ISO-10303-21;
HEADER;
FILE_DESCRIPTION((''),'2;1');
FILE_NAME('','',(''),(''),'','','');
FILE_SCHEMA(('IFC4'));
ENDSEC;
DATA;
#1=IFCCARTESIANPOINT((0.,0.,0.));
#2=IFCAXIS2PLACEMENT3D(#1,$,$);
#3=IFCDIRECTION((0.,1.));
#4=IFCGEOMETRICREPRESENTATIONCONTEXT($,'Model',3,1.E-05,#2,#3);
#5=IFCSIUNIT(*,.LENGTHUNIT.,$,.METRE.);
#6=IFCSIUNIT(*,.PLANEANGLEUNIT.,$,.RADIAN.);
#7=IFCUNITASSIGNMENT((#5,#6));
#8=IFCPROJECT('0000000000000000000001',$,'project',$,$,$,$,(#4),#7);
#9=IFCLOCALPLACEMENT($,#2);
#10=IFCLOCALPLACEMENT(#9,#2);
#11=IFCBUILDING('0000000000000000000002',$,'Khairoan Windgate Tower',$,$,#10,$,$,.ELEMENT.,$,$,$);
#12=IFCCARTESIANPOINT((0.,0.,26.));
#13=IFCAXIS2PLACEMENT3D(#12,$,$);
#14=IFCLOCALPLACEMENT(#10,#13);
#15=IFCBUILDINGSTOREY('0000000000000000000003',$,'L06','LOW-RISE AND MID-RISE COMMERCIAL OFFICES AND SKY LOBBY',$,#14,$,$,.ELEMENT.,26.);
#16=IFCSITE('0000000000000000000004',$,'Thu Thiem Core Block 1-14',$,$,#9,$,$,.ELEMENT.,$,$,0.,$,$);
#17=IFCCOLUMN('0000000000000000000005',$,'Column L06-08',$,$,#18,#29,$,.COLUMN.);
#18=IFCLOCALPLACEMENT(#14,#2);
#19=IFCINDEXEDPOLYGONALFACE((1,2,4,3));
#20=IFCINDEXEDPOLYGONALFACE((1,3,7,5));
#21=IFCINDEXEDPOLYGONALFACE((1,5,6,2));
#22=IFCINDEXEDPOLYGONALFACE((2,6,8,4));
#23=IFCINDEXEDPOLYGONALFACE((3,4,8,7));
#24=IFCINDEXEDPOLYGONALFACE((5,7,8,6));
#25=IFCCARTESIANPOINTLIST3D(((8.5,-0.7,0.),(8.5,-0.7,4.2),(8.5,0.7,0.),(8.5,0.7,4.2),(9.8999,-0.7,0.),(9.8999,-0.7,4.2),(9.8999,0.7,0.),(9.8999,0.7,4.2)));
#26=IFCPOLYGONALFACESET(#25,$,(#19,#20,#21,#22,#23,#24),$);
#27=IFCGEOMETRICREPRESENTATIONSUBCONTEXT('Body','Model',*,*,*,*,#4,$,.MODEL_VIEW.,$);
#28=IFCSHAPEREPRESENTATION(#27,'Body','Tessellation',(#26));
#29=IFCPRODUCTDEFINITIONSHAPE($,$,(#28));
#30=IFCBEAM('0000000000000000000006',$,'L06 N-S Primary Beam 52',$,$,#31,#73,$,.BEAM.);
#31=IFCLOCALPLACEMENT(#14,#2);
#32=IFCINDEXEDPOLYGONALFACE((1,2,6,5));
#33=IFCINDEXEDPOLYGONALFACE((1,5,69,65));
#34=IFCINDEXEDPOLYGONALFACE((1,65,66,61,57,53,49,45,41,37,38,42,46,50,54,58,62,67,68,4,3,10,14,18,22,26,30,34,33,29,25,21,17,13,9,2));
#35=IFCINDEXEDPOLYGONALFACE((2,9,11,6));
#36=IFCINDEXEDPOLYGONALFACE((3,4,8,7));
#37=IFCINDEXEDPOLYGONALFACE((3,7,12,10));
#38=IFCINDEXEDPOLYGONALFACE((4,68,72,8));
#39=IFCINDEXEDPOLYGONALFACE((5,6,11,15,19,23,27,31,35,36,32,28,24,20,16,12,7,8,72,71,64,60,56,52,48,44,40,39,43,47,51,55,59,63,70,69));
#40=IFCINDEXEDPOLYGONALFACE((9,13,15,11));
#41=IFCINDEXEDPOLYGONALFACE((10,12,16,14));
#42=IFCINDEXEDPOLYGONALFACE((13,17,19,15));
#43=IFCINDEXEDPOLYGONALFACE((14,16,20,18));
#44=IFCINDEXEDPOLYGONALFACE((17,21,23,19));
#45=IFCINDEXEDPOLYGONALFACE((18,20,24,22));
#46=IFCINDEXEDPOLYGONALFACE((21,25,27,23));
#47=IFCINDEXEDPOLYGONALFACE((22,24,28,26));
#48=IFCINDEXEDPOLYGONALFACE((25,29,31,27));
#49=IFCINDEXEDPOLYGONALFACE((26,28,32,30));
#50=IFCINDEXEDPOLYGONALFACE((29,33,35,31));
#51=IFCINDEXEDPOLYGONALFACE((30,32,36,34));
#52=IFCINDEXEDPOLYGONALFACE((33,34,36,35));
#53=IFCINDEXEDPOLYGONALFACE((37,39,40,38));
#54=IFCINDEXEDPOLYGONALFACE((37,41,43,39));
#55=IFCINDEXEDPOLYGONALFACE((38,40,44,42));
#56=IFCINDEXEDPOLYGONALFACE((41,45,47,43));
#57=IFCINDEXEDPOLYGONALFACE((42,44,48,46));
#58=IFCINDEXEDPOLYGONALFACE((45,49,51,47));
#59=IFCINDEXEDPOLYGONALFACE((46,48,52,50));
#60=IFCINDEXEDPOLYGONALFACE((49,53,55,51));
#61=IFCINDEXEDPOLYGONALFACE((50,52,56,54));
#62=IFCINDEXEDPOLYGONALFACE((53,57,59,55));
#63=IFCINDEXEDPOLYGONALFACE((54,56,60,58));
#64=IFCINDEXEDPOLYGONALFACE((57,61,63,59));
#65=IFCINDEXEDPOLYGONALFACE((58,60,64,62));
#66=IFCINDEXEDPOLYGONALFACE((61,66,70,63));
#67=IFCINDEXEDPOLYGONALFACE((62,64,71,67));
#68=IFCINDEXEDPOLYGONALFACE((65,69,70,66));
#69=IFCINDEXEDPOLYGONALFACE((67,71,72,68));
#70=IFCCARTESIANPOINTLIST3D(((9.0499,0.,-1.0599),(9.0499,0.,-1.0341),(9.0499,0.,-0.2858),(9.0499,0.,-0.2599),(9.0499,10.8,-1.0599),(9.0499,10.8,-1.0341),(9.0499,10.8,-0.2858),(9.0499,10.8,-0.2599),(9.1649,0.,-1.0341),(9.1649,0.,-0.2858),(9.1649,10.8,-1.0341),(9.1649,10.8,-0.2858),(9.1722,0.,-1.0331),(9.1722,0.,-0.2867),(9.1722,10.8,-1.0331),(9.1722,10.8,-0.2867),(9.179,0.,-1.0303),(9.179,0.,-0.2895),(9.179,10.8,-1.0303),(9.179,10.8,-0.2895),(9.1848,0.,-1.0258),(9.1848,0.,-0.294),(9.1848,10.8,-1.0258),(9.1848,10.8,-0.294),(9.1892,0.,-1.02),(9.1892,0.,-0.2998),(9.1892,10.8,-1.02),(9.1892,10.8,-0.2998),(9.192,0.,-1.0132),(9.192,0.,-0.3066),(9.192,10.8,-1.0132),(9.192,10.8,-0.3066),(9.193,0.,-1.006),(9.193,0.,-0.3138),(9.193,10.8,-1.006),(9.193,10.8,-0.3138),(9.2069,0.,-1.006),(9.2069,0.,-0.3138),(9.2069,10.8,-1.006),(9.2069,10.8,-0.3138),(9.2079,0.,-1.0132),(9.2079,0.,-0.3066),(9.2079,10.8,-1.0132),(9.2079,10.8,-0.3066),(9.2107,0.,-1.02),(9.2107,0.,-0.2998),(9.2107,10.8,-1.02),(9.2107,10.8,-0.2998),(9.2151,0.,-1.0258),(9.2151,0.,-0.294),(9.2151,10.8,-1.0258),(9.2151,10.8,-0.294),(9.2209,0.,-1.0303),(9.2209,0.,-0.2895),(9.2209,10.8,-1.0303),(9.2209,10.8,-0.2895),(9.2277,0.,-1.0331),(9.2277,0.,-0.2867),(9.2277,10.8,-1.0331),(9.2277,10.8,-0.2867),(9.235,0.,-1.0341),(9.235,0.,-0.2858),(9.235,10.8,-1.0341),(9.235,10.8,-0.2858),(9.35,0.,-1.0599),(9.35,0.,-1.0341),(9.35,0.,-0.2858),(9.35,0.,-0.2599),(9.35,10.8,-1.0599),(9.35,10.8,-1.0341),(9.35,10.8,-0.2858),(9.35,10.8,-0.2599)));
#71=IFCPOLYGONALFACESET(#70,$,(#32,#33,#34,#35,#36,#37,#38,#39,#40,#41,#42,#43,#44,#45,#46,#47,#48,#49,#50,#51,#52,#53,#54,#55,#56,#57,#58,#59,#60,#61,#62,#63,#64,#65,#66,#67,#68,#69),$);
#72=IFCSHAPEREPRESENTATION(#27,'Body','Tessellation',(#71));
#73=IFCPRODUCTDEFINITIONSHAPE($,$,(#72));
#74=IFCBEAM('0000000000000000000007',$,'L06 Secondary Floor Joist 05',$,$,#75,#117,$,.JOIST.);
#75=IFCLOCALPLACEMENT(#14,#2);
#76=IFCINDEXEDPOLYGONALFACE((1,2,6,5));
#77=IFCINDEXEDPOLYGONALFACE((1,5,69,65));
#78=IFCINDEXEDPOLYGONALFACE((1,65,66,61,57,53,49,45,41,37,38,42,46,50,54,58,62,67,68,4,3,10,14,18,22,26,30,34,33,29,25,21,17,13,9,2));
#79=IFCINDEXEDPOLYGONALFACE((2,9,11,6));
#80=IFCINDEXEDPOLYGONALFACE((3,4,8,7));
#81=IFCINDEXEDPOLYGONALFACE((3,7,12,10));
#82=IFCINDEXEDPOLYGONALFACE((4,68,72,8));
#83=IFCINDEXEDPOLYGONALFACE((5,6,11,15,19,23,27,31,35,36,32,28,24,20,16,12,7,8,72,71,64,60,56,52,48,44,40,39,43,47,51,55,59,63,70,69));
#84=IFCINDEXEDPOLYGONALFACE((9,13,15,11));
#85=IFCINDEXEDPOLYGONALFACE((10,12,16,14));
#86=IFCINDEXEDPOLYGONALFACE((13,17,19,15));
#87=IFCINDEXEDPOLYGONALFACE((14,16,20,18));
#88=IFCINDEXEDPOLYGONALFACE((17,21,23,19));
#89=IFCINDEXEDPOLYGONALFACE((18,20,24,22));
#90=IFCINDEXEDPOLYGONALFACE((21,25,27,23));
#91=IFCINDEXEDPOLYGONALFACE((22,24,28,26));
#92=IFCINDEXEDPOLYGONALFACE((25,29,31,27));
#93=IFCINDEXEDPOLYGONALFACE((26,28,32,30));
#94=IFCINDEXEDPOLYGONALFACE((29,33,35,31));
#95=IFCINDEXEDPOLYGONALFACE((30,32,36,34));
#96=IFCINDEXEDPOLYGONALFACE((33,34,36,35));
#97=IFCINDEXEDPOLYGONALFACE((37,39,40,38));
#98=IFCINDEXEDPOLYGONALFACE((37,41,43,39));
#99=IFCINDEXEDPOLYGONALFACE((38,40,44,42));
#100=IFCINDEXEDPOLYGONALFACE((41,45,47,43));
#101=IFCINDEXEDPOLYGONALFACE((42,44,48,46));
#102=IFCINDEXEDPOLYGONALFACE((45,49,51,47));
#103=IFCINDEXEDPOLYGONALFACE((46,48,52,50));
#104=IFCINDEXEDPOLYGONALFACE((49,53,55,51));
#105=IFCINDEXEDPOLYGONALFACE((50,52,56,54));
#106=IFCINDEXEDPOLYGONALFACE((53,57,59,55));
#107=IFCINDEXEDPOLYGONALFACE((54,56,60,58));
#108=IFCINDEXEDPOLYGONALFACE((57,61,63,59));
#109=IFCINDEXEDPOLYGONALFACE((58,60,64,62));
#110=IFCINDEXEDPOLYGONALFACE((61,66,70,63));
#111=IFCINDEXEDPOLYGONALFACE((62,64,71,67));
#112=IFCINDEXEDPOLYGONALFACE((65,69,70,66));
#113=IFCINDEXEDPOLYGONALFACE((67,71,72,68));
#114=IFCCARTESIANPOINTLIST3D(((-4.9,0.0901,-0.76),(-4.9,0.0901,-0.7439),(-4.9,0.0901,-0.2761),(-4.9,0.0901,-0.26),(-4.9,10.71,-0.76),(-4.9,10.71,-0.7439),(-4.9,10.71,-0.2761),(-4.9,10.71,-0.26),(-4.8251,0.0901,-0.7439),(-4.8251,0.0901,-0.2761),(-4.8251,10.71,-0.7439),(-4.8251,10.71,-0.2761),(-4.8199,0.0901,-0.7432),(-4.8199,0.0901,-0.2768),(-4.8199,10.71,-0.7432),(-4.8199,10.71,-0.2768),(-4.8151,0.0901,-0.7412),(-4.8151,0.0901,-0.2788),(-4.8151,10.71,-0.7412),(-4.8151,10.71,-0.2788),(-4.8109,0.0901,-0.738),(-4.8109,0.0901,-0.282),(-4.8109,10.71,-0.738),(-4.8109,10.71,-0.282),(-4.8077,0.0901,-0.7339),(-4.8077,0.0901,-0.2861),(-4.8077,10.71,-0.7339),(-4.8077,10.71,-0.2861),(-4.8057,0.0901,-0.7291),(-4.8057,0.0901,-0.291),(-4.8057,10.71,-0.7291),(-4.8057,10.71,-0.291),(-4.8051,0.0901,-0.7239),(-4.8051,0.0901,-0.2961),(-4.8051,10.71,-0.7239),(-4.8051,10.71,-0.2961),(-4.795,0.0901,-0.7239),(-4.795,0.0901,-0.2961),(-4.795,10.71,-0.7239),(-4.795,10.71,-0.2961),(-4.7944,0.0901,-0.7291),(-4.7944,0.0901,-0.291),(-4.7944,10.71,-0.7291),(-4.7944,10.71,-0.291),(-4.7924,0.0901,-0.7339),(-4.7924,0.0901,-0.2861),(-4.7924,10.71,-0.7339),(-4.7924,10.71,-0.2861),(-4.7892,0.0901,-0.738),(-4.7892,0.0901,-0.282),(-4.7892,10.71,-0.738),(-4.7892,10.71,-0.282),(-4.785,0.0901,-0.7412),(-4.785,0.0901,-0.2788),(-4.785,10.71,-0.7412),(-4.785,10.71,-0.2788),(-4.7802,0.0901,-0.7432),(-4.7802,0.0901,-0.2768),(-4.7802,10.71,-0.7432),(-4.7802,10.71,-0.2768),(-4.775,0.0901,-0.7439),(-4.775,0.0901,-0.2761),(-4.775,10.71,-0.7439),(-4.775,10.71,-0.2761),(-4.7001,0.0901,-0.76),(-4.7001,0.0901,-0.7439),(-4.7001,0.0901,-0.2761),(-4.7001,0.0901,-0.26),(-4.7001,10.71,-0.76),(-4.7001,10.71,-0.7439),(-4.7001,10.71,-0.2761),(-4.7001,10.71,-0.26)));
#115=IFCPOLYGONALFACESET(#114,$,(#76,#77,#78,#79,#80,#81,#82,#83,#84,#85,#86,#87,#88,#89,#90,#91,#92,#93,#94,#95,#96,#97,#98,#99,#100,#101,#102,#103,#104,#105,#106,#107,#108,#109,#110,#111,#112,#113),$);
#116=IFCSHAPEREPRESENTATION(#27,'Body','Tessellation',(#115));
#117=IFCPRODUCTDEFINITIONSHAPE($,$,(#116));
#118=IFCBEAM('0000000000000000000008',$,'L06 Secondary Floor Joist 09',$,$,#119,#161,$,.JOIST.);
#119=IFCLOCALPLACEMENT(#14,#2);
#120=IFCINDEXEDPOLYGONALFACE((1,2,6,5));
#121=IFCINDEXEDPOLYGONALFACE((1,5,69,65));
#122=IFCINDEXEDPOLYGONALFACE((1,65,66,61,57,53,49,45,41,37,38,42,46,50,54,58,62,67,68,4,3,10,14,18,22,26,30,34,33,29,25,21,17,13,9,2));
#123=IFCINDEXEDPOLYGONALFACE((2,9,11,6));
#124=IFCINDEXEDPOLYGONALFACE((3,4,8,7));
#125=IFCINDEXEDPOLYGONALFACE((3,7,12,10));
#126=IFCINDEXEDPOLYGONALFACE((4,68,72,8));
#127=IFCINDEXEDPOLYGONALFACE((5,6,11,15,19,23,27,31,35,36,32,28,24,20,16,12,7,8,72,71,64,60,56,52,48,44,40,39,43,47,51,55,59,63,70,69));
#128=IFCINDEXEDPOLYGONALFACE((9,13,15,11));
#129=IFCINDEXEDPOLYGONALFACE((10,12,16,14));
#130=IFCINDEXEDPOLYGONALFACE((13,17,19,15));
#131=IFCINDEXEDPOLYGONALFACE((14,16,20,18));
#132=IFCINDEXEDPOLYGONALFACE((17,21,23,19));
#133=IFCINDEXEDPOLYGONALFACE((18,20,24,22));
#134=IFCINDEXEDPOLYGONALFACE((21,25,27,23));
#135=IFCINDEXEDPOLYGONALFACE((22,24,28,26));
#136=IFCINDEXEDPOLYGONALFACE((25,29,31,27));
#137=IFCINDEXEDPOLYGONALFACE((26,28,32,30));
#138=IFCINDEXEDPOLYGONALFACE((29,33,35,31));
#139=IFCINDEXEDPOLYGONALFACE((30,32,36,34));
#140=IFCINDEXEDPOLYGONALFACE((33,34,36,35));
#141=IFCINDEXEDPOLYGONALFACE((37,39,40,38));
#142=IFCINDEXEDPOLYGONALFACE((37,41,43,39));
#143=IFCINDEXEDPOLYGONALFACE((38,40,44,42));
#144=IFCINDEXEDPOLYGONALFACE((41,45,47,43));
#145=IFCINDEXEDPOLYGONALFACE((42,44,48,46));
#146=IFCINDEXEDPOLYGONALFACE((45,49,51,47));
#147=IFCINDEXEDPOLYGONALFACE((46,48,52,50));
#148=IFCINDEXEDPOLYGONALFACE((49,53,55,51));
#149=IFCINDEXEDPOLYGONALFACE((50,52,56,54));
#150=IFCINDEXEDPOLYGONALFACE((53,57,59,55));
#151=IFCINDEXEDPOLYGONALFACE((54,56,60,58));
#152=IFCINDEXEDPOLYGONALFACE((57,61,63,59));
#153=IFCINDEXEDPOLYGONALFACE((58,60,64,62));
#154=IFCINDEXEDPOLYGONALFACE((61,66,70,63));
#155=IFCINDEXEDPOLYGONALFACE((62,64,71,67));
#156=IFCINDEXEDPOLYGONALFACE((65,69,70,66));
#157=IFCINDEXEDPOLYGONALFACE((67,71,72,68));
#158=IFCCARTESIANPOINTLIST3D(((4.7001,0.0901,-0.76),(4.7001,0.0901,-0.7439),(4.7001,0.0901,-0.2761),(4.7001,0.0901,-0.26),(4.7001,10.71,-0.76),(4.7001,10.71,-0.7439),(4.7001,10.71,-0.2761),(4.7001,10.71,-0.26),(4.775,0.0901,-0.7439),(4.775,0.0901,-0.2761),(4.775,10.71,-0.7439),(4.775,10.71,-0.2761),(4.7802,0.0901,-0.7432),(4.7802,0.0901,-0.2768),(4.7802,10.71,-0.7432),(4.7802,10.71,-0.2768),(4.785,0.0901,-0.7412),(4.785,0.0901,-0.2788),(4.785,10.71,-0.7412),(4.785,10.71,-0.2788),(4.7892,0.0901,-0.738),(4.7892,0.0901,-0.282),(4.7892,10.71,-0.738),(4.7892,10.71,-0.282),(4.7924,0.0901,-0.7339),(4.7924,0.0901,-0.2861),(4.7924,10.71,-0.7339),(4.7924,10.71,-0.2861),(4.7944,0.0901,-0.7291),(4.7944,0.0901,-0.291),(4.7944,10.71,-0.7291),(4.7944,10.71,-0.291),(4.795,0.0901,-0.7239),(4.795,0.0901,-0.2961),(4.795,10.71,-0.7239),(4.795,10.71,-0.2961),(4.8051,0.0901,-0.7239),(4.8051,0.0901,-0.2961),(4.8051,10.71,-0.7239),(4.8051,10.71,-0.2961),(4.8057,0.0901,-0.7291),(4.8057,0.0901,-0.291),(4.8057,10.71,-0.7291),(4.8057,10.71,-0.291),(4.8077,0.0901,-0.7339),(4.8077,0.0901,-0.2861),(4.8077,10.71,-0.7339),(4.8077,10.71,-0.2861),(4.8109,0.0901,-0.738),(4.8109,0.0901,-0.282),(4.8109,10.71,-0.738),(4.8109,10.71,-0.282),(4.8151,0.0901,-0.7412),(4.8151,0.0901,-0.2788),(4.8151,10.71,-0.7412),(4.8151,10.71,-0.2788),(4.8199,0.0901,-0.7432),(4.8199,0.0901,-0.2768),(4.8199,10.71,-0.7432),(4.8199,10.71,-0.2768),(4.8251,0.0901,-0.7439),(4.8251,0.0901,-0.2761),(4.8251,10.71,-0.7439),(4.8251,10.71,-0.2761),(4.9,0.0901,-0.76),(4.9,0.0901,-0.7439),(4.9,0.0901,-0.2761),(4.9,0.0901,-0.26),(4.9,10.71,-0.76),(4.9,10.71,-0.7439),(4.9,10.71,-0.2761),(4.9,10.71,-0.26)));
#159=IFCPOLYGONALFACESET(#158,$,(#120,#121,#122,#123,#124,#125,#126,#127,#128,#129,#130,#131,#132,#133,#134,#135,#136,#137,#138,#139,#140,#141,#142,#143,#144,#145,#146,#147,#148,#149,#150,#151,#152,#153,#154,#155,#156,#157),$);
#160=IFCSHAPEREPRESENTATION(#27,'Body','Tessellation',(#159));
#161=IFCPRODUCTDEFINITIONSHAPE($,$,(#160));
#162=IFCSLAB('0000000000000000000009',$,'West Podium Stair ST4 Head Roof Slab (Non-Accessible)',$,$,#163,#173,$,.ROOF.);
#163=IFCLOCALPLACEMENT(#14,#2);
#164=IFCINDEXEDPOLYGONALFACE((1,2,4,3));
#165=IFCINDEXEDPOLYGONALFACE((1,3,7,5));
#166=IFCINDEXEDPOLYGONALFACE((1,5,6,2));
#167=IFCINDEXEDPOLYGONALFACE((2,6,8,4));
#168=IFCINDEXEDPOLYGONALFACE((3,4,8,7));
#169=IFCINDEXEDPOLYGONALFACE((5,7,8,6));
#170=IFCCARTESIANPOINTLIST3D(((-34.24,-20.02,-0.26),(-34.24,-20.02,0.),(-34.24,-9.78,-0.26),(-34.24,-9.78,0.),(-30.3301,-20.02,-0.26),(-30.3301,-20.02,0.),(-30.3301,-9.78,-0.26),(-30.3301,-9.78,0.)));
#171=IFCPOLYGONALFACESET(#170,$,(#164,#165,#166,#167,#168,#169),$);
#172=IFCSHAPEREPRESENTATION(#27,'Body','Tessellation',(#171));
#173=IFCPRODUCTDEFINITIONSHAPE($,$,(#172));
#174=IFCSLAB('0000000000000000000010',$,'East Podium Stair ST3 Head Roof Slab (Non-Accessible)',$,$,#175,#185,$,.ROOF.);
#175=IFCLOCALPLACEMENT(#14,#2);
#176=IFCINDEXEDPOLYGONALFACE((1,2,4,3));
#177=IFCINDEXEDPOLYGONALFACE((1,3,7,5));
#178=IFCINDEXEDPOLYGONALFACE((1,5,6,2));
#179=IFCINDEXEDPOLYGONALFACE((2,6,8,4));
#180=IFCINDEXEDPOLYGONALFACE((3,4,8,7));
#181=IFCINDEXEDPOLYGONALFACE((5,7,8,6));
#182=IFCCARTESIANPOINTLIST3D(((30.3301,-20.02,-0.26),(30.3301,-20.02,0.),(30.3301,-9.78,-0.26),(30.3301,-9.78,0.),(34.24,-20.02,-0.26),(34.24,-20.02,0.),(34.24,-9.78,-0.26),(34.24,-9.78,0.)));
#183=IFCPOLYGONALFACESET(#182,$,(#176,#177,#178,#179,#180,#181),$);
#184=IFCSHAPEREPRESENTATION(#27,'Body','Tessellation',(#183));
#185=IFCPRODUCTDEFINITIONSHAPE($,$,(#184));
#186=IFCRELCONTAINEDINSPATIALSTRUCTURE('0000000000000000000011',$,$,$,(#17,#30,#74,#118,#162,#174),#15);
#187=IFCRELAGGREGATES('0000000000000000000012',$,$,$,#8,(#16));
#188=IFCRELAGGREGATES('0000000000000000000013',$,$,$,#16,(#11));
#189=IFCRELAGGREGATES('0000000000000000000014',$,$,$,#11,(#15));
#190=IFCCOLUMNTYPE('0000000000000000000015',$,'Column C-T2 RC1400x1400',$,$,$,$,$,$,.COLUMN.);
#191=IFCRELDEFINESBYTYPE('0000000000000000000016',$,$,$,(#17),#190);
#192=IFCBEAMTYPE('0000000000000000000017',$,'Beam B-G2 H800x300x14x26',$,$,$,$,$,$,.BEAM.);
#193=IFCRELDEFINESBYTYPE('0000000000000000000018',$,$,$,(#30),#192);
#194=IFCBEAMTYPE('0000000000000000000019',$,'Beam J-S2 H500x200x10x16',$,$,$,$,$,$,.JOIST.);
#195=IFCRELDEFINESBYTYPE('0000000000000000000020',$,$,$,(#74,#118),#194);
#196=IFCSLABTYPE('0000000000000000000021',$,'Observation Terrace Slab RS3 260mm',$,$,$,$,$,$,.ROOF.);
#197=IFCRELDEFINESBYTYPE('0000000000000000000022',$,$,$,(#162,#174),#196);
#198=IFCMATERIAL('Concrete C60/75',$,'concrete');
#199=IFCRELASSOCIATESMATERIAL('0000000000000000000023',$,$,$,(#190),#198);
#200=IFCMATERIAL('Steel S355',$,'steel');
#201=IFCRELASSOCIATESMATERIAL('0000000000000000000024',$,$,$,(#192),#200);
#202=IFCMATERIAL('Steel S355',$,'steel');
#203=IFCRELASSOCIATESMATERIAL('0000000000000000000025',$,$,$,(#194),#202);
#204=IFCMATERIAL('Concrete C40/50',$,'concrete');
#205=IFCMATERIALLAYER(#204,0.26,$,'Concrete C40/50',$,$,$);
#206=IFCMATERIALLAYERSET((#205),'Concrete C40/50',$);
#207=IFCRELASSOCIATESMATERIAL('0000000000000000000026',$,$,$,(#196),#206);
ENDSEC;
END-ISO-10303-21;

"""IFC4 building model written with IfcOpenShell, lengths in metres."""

from ifc_helpers import new_model, si_unit, direction, frame, origin, origin_2d, place, context, subcontext, project, spatial, polyline, rectangle, i_section, outline, extrude, material, layer, layer_set, material_profile, profile_set, type_object, element, save


model = new_model("IFC4")

# Units and contexts
model_context = context("Model", 3, precision=1e-05, world=origin(), true_north=direction((0.0, 1.0)))
body_context = subcontext(model_context, "Body", "Model", "MODEL_VIEW")
ifc_project = project(units=[si_unit("LENGTHUNIT", "METRE"), si_unit("PLANEANGLEUNIT", "RADIAN")], contexts=[model_context])

# Site, building, storey
site_placement = place(None, origin())
site = spatial("IfcSite", under=ifc_project, at=site_placement, Name="Thu Thiem Core Block 1-14", CompositionType="ELEMENT", RefElevation=0.0)
building_placement = place(site_placement, origin())
building = spatial("IfcBuilding", under=site, at=building_placement, Name="Khairoan Windgate Tower", CompositionType="ELEMENT")
storey_placement = place(building_placement, frame((0.0, 0.0, 26.0)))
storey = spatial("IfcBuildingStorey", under=building, at=storey_placement, Name="L06", Description="LOW-RISE AND MID-RISE COMMERCIAL OFFICES AND SKY LOBBY", CompositionType="ELEMENT", Elevation=26.0)

# Column
ifc_material_1 = material(Name="Concrete C60/75", Category="concrete")
ifc_material_profile_1 = material_profile(ifc_material_1, rectangle(XDim=1.3999, YDim=1.3999, at=origin_2d()))
ifc_profile_set_1 = profile_set([ifc_material_profile_1], Name="Concrete C60/75")
column_type = type_object("IfcColumnType", Name="Column C-T2 RC1400x1400", PredefinedType="COLUMN", material=ifc_profile_set_1)
column_placement = place(storey_placement, frame((9.2, 0.0, 0.0), z_axis=(0.0, 0.0, 1.0), x_axis=(1.0, 0.0, 0.0)))
element("IfcColumn", 1, at=column_placement, inside=storey, type_object=column_type, Name="Column L06-08", PredefinedType="COLUMN", context=body_context, shape_type="SweptSolid", body=[
    extrude(rectangle(XDim=1.3999, YDim=1.3999, at=origin_2d()), origin(), (0.0, 0.0, 1.0), 4.2),
])

# Beams
ifc_material_2 = material(Name="Steel S355", Category="steel")
ifc_material_profile_2 = material_profile(ifc_material_2, i_section(OverallWidth=0.3, OverallDepth=0.8, WebThickness=0.0139, FlangeThickness=0.0259, FilletRadius=0.0281, at=origin_2d()))
ifc_profile_set_2 = profile_set([ifc_material_profile_2], Name="Steel S355")
beam_type_1 = type_object("IfcBeamType", Name="Beam B-G2 H800x300x14x26", PredefinedType="BEAM", material=ifc_profile_set_2)
beam_placement = place(storey_placement, frame((9.2, 0.0, -0.6599), z_axis=(0.0, 1.0, 0.0), x_axis=(-1.0, 0.0, 0.0)))
element("IfcBeam", 2, at=beam_placement, inside=storey, type_object=beam_type_1, Name="L06 N-S Primary Beam 52", PredefinedType="BEAM", context=body_context, shape_type="SweptSolid", body=[
    extrude(i_section(OverallWidth=0.3, OverallDepth=0.8, WebThickness=0.0139, FlangeThickness=0.0259, FilletRadius=0.0281, at=origin_2d()), origin(), (0.0, 0.0, 1.0), 10.8),
])
ifc_material_3 = material(Name="Steel S355", Category="steel")
ifc_material_profile_3 = material_profile(ifc_material_3, i_section(OverallWidth=0.2, OverallDepth=0.5, WebThickness=0.01, FlangeThickness=0.0161, FilletRadius=0.02, at=origin_2d()))
ifc_profile_set_3 = profile_set([ifc_material_profile_3], Name="Steel S355")
beam_type_2 = type_object("IfcBeamType", Name="Beam J-S2 H500x200x10x16", PredefinedType="JOIST", material=ifc_profile_set_3)
for number, where, z_axis, x_axis, name in (
    (3, (-4.8, 0.0901, -0.51), (0.0, 1.0, 0.0), (-1.0, 0.0, 0.0), "L06 Secondary Floor Joist 05"),
    (4, (4.8, 0.0901, -0.51), (0.0, 1.0, 0.0), (-1.0, 0.0, 0.0), "L06 Secondary Floor Joist 09"),
):
    element("IfcBeam", number, at=place(storey_placement, frame(where, z_axis=z_axis, x_axis=x_axis)), inside=storey, type_object=beam_type_2, Name=name, PredefinedType="JOIST", context=body_context, shape_type="SweptSolid", body=[
        extrude(i_section(OverallWidth=0.2, OverallDepth=0.5, WebThickness=0.01, FlangeThickness=0.0161, FilletRadius=0.02, at=origin_2d()), origin(), (0.0, 0.0, 1.0), 10.6199),
    ])

# Slabs
ifc_material_4 = material(Name="Concrete C40/50", Category="concrete")
ifc_layer_1 = layer(ifc_material_4, 0.26, Name="Concrete C40/50")
ifc_layer_set_1 = layer_set([ifc_layer_1], Name="Concrete C40/50")
slab_type_1 = type_object("IfcSlabType", Name="Observation Terrace Slab RS3 260mm", PredefinedType="ROOF", material=ifc_layer_set_1)
slab_1_placement = place(storey_placement, frame((0.0, 0.0, -0.26)))
element("IfcSlab", 5, at=slab_1_placement, inside=storey, type_object=slab_type_1, Name="West Podium Stair ST4 Head Roof Slab (Non-Accessible)", PredefinedType="ROOF", context=body_context, shape_type="SweptSolid", body=[
    extrude(outline(polyline([(-34.24, -20.02), (-30.3301, -20.02), (-30.3301, -9.78), (-34.24, -9.78), (-34.24, -20.02)])), origin(), (0.0, 0.0, 1.0), 0.26),
])
slab_2_placement = place(storey_placement, frame((0.0, 0.0, -0.26)))
element("IfcSlab", 6, at=slab_2_placement, inside=storey, type_object=slab_type_1, Name="East Podium Stair ST3 Head Roof Slab (Non-Accessible)", PredefinedType="ROOF", context=body_context, shape_type="SweptSolid", body=[
    extrude(outline(polyline([(30.3301, -20.02), (34.24, -20.02), (34.24, -9.78), (30.3301, -9.78), (30.3301, -20.02)])), origin(), (0.0, 0.0, 1.0), 0.26),
])

save(model, "model.ifc")
